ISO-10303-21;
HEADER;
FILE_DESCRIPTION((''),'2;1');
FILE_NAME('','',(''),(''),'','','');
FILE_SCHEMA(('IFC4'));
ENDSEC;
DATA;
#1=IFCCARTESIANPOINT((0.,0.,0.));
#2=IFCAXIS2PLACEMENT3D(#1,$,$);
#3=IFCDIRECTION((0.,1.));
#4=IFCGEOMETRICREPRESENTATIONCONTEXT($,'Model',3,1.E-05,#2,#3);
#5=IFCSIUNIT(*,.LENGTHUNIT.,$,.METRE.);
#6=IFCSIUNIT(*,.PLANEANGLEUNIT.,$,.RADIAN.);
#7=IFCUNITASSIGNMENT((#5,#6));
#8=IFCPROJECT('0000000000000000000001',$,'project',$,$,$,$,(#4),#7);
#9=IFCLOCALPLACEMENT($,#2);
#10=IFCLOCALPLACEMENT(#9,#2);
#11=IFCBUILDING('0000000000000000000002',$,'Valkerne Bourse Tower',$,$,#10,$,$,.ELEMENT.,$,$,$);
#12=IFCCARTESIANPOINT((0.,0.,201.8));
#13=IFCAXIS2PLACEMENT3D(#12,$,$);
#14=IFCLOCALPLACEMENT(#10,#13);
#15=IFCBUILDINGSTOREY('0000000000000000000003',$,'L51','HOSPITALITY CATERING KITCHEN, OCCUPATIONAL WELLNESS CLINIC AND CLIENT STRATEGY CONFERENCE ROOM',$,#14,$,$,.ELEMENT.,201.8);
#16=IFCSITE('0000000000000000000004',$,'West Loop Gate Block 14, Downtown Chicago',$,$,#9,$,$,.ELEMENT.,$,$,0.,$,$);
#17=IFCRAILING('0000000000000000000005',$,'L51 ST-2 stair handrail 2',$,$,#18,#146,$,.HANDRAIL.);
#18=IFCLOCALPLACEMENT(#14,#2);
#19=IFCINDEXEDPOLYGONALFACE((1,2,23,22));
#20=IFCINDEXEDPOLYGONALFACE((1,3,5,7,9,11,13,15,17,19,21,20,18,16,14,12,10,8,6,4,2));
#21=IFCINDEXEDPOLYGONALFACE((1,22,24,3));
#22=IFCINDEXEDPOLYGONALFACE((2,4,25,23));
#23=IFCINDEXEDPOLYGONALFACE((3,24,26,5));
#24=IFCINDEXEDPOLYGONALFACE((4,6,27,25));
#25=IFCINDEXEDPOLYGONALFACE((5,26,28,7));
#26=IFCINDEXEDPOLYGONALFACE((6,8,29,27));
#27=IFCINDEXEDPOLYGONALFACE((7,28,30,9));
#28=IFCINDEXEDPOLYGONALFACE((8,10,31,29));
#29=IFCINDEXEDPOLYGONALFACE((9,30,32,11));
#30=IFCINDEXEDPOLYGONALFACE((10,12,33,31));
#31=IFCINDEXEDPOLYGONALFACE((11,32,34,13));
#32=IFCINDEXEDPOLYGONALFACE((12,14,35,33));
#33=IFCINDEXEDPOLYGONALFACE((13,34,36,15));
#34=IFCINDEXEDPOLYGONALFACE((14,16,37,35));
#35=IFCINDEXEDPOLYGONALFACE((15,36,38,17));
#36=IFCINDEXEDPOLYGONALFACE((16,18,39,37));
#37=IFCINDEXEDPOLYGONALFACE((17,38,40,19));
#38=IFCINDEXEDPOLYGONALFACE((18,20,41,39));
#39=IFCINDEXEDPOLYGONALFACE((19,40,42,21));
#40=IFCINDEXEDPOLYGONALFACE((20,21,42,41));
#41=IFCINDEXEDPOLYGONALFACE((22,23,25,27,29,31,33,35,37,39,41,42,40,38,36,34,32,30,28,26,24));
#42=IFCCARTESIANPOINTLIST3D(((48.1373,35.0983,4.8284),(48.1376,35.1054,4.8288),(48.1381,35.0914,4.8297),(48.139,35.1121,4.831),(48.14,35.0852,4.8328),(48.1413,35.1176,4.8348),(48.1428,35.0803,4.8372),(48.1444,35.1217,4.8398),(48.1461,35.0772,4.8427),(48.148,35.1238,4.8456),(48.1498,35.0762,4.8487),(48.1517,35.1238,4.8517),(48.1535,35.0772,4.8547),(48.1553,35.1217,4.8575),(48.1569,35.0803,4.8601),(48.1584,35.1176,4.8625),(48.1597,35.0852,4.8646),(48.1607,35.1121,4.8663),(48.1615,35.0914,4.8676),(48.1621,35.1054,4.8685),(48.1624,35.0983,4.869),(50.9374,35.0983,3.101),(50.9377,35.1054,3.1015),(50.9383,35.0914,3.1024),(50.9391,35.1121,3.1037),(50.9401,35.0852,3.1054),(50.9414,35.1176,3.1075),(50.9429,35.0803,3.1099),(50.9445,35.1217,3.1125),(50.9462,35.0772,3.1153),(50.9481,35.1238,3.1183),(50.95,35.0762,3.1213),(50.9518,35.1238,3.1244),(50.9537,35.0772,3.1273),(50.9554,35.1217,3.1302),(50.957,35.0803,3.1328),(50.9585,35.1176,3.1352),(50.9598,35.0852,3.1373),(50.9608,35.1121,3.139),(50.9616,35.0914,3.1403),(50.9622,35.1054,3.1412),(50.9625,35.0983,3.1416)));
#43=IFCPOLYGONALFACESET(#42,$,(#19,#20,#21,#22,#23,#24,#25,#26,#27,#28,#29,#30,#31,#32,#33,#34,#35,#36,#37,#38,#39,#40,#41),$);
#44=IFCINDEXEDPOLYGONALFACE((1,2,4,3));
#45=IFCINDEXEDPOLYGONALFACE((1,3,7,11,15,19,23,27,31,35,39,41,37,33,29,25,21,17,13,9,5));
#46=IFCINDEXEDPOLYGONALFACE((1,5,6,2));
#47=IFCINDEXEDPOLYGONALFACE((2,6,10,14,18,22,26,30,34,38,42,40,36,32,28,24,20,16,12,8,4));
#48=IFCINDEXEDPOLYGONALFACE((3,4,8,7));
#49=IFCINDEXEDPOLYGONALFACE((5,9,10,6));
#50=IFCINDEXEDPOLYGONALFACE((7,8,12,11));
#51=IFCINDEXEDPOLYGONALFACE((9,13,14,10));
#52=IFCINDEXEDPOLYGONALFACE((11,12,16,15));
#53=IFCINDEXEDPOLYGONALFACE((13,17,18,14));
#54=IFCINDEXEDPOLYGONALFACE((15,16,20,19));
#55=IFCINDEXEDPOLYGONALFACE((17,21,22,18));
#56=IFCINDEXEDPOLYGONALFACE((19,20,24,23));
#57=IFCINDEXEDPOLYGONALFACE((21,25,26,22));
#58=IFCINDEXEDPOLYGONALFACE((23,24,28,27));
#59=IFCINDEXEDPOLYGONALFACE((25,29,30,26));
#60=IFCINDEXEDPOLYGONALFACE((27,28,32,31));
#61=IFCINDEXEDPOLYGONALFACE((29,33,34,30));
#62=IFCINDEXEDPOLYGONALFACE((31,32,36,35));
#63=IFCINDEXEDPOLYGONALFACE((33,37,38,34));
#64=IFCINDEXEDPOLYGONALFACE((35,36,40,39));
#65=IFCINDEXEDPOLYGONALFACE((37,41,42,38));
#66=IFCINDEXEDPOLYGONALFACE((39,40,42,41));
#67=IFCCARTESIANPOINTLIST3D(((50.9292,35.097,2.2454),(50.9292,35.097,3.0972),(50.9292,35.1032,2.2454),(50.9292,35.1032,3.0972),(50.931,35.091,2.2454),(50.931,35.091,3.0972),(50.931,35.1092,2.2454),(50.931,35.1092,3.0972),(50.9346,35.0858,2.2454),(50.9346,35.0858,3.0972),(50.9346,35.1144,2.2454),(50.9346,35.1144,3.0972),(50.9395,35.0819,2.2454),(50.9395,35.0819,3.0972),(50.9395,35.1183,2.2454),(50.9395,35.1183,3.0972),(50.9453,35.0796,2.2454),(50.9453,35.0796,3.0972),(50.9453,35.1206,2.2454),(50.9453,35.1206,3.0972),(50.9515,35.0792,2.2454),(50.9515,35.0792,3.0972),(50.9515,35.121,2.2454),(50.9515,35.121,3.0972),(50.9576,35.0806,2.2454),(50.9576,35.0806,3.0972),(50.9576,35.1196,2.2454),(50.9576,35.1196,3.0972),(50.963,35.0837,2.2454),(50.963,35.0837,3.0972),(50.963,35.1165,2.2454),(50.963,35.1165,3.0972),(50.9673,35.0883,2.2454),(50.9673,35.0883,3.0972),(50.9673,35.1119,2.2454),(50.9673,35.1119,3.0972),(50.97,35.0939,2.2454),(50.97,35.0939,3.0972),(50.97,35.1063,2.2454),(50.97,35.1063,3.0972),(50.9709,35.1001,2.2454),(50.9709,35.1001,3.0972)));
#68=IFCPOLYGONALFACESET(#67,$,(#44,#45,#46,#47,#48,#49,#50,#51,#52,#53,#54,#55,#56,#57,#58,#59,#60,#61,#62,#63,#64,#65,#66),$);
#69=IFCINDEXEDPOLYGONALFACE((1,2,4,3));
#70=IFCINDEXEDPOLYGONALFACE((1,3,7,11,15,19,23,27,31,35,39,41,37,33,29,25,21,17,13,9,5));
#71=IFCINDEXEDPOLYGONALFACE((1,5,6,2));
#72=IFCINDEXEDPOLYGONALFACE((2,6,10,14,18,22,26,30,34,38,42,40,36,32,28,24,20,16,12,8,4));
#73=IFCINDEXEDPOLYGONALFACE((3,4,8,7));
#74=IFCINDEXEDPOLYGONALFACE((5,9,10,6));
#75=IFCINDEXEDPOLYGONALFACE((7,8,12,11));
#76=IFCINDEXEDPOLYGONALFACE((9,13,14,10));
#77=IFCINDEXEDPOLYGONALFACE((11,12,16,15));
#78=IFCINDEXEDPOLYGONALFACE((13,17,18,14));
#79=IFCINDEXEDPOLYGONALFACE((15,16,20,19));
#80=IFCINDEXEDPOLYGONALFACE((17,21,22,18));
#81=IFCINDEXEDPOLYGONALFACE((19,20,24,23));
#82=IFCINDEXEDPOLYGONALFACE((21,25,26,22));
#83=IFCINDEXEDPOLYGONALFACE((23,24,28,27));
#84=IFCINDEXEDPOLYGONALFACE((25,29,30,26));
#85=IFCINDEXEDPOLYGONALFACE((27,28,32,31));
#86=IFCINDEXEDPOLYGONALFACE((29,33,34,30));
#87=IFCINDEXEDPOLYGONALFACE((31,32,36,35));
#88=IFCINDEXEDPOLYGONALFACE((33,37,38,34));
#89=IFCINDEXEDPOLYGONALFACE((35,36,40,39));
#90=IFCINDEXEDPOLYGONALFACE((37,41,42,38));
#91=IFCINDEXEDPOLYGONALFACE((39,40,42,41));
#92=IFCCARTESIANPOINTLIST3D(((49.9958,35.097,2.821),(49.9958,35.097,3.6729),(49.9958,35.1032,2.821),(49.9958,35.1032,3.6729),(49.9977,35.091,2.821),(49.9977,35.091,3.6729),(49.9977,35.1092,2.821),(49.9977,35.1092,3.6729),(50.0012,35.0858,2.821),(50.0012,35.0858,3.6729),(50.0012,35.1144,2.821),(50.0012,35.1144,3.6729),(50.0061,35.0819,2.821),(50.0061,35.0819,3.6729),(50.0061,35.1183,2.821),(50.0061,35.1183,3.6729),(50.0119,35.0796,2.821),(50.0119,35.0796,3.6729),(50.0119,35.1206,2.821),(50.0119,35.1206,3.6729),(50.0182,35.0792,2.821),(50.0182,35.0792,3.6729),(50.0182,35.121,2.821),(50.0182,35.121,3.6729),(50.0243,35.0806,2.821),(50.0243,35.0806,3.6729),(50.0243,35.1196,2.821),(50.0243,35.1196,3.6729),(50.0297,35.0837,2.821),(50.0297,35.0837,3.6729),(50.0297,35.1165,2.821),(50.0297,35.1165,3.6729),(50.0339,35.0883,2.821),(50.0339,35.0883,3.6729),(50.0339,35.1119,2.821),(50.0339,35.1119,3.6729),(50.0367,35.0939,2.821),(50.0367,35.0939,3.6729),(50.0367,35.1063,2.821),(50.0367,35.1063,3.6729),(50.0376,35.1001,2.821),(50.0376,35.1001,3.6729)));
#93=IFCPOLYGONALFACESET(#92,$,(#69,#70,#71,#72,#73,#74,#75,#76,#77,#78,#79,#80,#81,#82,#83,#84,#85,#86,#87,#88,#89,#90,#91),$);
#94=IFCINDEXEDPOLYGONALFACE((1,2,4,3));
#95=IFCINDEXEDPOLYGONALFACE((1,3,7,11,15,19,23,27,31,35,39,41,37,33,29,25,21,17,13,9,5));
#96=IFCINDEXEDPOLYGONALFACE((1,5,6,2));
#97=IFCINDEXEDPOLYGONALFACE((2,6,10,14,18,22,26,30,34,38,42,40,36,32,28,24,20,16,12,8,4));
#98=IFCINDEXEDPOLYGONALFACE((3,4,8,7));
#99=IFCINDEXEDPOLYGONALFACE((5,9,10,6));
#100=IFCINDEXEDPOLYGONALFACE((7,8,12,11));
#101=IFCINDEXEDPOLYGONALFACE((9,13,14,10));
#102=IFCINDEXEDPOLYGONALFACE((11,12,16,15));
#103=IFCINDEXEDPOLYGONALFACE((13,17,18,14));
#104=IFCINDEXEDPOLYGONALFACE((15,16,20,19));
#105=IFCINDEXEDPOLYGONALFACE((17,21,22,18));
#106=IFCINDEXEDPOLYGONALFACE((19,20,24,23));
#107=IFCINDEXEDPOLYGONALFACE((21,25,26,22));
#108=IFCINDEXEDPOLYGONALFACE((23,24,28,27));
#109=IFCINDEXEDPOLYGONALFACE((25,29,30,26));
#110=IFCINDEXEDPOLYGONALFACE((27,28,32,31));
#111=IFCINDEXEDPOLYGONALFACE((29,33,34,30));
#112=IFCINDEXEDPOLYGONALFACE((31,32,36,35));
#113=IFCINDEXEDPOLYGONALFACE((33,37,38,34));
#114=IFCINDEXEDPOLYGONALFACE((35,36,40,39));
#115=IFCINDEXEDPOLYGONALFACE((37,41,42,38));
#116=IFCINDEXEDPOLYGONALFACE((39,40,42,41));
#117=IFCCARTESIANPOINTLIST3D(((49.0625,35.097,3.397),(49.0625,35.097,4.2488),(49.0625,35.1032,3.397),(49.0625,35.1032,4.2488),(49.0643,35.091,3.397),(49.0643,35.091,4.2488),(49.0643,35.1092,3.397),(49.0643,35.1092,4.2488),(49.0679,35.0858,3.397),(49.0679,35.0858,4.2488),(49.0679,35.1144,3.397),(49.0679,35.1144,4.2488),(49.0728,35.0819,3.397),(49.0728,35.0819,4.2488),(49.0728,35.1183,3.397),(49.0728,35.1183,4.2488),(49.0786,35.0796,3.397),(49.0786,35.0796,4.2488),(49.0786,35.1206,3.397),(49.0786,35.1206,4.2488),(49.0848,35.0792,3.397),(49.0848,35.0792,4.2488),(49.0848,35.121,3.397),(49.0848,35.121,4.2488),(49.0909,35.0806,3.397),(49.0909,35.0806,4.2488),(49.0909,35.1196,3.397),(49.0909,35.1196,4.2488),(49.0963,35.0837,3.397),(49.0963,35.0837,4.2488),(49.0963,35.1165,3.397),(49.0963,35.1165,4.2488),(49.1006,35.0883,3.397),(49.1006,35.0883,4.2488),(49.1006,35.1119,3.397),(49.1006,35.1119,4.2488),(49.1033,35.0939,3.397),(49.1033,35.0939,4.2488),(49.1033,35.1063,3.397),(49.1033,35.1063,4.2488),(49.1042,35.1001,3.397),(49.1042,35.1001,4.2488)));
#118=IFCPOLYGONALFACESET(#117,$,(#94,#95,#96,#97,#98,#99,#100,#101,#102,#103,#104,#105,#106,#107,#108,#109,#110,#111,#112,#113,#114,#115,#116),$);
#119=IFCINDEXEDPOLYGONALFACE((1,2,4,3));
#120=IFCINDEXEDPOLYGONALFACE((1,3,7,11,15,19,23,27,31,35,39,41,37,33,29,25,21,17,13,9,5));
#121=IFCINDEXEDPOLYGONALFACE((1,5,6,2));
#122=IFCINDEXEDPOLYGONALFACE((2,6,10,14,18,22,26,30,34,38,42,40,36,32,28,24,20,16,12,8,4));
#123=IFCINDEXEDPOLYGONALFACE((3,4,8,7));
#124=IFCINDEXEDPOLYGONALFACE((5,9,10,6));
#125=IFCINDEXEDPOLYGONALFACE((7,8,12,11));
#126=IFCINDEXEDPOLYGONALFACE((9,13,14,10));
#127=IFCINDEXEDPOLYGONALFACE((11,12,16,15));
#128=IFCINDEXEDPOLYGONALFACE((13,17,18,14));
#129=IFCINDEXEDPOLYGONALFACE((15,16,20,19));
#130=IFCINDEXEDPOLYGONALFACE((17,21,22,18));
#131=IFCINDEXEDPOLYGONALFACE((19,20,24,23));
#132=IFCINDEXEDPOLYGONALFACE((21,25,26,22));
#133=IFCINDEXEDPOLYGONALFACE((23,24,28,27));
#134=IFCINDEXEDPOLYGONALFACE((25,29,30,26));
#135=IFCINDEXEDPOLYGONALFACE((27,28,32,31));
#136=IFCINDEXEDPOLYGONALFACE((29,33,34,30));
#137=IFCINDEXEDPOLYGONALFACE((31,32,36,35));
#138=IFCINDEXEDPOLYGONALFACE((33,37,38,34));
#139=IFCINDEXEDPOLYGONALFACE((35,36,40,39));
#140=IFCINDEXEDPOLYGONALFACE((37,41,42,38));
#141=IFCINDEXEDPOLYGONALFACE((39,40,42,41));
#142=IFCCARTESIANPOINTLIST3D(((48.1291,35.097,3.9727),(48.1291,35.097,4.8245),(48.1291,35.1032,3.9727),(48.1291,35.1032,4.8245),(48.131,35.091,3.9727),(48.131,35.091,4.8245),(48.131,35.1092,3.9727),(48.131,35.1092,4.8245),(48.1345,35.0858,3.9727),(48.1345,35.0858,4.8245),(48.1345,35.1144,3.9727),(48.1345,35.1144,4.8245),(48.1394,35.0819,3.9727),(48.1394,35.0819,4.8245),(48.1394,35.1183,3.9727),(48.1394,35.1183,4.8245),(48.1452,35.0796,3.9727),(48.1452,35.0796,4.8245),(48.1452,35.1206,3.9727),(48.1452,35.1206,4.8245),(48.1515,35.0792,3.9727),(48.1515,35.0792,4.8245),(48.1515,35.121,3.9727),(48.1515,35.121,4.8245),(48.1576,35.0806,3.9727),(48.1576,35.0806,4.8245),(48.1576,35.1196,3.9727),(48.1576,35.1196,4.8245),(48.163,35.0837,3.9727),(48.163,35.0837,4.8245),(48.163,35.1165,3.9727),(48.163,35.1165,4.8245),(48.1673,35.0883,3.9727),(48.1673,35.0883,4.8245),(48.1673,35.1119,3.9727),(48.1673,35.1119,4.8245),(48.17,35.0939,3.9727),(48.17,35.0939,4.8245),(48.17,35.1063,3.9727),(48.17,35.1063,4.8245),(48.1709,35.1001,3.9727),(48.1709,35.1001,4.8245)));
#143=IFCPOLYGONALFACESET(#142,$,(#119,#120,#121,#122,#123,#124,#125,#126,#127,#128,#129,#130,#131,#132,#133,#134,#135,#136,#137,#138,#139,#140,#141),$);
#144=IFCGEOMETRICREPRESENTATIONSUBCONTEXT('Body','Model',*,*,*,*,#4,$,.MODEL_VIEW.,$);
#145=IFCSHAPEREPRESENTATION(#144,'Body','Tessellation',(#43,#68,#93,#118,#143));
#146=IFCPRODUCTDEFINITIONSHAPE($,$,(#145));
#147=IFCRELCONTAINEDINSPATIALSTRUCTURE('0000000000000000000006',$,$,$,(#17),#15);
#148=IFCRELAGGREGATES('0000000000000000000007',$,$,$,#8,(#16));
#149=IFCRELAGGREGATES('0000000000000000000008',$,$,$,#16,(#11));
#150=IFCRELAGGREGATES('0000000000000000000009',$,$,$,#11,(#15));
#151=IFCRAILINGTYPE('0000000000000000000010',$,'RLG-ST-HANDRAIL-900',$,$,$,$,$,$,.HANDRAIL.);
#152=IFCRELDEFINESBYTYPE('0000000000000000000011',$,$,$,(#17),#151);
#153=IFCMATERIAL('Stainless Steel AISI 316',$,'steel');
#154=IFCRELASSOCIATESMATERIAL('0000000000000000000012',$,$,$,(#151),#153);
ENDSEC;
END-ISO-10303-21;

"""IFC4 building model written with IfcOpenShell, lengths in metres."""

from ifc_helpers import new_model, si_unit, direction, frame, origin, origin_2d, place, context, subcontext, project, spatial, circle, extrude, material, type_object, element, save


model = new_model("IFC4")

# Units and contexts
model_context = context("Model", 3, precision=1e-05, world=origin(), true_north=direction((0.0, 1.0)))
body_context = subcontext(model_context, "Body", "Model", "MODEL_VIEW")
ifc_project = project(units=[si_unit("LENGTHUNIT", "METRE"), si_unit("PLANEANGLEUNIT", "RADIAN")], contexts=[model_context])

# Site, building, storey
site_placement = place(None, origin())
site = spatial("IfcSite", under=ifc_project, at=site_placement, Name="West Loop Gate Block 14, Downtown Chicago", CompositionType="ELEMENT", RefElevation=0.0)
building_placement = place(site_placement, origin())
building = spatial("IfcBuilding", under=site, at=building_placement, Name="Valkerne Bourse Tower", CompositionType="ELEMENT")
storey_placement = place(building_placement, frame((0.0, 0.0, 201.8)))
storey = spatial("IfcBuildingStorey", under=building, at=storey_placement, Name="L51", Description="HOSPITALITY CATERING KITCHEN, OCCUPATIONAL WELLNESS CLINIC AND CLIENT STRATEGY CONFERENCE ROOM", CompositionType="ELEMENT", Elevation=201.8)

# Railing
ifc_material_1 = material(Name="Stainless Steel AISI 316", Category="steel")
railing_type_1 = type_object("IfcRailingType", Name="RLG-ST-HANDRAIL-900", PredefinedType="HANDRAIL", material=ifc_material_1)
railing_1_placement = place(storey_placement, frame((50.95, 35.1001, 2.2454)))
element("IfcRailing", 1, at=railing_1_placement, inside=storey, type_object=railing_type_1, Name="L51 ST-2 stair handrail 2", PredefinedType="HANDRAIL", context=body_context, shape_type="SweptSolid", body=[
    extrude(circle(Radius=0.0239, at=origin_2d()), frame((0.0, 0.0, 0.876), z_axis=(-0.85109, 0.0, 0.52502), x_axis=(0.0, -1.0, 0.0)), (0.0, 0.0, 1.0), 3.29),
    extrude(circle(Radius=0.021, at=origin_2d()), origin(), (0.0, 0.0, 1.0), 0.8518),
    extrude(circle(Radius=0.021, at=origin_2d()), frame((-0.9333, 0.0, 0.5757)), (0.0, 0.0, 1.0), 0.8518),
    extrude(circle(Radius=0.021, at=origin_2d()), frame((-1.8667, 0.0, 1.1516)), (0.0, 0.0, 1.0), 0.8518),
    extrude(circle(Radius=0.021, at=origin_2d()), frame((-2.8, 0.0, 1.7273)), (0.0, 0.0, 1.0), 0.8518),
])

save(model, "model.ifc")
